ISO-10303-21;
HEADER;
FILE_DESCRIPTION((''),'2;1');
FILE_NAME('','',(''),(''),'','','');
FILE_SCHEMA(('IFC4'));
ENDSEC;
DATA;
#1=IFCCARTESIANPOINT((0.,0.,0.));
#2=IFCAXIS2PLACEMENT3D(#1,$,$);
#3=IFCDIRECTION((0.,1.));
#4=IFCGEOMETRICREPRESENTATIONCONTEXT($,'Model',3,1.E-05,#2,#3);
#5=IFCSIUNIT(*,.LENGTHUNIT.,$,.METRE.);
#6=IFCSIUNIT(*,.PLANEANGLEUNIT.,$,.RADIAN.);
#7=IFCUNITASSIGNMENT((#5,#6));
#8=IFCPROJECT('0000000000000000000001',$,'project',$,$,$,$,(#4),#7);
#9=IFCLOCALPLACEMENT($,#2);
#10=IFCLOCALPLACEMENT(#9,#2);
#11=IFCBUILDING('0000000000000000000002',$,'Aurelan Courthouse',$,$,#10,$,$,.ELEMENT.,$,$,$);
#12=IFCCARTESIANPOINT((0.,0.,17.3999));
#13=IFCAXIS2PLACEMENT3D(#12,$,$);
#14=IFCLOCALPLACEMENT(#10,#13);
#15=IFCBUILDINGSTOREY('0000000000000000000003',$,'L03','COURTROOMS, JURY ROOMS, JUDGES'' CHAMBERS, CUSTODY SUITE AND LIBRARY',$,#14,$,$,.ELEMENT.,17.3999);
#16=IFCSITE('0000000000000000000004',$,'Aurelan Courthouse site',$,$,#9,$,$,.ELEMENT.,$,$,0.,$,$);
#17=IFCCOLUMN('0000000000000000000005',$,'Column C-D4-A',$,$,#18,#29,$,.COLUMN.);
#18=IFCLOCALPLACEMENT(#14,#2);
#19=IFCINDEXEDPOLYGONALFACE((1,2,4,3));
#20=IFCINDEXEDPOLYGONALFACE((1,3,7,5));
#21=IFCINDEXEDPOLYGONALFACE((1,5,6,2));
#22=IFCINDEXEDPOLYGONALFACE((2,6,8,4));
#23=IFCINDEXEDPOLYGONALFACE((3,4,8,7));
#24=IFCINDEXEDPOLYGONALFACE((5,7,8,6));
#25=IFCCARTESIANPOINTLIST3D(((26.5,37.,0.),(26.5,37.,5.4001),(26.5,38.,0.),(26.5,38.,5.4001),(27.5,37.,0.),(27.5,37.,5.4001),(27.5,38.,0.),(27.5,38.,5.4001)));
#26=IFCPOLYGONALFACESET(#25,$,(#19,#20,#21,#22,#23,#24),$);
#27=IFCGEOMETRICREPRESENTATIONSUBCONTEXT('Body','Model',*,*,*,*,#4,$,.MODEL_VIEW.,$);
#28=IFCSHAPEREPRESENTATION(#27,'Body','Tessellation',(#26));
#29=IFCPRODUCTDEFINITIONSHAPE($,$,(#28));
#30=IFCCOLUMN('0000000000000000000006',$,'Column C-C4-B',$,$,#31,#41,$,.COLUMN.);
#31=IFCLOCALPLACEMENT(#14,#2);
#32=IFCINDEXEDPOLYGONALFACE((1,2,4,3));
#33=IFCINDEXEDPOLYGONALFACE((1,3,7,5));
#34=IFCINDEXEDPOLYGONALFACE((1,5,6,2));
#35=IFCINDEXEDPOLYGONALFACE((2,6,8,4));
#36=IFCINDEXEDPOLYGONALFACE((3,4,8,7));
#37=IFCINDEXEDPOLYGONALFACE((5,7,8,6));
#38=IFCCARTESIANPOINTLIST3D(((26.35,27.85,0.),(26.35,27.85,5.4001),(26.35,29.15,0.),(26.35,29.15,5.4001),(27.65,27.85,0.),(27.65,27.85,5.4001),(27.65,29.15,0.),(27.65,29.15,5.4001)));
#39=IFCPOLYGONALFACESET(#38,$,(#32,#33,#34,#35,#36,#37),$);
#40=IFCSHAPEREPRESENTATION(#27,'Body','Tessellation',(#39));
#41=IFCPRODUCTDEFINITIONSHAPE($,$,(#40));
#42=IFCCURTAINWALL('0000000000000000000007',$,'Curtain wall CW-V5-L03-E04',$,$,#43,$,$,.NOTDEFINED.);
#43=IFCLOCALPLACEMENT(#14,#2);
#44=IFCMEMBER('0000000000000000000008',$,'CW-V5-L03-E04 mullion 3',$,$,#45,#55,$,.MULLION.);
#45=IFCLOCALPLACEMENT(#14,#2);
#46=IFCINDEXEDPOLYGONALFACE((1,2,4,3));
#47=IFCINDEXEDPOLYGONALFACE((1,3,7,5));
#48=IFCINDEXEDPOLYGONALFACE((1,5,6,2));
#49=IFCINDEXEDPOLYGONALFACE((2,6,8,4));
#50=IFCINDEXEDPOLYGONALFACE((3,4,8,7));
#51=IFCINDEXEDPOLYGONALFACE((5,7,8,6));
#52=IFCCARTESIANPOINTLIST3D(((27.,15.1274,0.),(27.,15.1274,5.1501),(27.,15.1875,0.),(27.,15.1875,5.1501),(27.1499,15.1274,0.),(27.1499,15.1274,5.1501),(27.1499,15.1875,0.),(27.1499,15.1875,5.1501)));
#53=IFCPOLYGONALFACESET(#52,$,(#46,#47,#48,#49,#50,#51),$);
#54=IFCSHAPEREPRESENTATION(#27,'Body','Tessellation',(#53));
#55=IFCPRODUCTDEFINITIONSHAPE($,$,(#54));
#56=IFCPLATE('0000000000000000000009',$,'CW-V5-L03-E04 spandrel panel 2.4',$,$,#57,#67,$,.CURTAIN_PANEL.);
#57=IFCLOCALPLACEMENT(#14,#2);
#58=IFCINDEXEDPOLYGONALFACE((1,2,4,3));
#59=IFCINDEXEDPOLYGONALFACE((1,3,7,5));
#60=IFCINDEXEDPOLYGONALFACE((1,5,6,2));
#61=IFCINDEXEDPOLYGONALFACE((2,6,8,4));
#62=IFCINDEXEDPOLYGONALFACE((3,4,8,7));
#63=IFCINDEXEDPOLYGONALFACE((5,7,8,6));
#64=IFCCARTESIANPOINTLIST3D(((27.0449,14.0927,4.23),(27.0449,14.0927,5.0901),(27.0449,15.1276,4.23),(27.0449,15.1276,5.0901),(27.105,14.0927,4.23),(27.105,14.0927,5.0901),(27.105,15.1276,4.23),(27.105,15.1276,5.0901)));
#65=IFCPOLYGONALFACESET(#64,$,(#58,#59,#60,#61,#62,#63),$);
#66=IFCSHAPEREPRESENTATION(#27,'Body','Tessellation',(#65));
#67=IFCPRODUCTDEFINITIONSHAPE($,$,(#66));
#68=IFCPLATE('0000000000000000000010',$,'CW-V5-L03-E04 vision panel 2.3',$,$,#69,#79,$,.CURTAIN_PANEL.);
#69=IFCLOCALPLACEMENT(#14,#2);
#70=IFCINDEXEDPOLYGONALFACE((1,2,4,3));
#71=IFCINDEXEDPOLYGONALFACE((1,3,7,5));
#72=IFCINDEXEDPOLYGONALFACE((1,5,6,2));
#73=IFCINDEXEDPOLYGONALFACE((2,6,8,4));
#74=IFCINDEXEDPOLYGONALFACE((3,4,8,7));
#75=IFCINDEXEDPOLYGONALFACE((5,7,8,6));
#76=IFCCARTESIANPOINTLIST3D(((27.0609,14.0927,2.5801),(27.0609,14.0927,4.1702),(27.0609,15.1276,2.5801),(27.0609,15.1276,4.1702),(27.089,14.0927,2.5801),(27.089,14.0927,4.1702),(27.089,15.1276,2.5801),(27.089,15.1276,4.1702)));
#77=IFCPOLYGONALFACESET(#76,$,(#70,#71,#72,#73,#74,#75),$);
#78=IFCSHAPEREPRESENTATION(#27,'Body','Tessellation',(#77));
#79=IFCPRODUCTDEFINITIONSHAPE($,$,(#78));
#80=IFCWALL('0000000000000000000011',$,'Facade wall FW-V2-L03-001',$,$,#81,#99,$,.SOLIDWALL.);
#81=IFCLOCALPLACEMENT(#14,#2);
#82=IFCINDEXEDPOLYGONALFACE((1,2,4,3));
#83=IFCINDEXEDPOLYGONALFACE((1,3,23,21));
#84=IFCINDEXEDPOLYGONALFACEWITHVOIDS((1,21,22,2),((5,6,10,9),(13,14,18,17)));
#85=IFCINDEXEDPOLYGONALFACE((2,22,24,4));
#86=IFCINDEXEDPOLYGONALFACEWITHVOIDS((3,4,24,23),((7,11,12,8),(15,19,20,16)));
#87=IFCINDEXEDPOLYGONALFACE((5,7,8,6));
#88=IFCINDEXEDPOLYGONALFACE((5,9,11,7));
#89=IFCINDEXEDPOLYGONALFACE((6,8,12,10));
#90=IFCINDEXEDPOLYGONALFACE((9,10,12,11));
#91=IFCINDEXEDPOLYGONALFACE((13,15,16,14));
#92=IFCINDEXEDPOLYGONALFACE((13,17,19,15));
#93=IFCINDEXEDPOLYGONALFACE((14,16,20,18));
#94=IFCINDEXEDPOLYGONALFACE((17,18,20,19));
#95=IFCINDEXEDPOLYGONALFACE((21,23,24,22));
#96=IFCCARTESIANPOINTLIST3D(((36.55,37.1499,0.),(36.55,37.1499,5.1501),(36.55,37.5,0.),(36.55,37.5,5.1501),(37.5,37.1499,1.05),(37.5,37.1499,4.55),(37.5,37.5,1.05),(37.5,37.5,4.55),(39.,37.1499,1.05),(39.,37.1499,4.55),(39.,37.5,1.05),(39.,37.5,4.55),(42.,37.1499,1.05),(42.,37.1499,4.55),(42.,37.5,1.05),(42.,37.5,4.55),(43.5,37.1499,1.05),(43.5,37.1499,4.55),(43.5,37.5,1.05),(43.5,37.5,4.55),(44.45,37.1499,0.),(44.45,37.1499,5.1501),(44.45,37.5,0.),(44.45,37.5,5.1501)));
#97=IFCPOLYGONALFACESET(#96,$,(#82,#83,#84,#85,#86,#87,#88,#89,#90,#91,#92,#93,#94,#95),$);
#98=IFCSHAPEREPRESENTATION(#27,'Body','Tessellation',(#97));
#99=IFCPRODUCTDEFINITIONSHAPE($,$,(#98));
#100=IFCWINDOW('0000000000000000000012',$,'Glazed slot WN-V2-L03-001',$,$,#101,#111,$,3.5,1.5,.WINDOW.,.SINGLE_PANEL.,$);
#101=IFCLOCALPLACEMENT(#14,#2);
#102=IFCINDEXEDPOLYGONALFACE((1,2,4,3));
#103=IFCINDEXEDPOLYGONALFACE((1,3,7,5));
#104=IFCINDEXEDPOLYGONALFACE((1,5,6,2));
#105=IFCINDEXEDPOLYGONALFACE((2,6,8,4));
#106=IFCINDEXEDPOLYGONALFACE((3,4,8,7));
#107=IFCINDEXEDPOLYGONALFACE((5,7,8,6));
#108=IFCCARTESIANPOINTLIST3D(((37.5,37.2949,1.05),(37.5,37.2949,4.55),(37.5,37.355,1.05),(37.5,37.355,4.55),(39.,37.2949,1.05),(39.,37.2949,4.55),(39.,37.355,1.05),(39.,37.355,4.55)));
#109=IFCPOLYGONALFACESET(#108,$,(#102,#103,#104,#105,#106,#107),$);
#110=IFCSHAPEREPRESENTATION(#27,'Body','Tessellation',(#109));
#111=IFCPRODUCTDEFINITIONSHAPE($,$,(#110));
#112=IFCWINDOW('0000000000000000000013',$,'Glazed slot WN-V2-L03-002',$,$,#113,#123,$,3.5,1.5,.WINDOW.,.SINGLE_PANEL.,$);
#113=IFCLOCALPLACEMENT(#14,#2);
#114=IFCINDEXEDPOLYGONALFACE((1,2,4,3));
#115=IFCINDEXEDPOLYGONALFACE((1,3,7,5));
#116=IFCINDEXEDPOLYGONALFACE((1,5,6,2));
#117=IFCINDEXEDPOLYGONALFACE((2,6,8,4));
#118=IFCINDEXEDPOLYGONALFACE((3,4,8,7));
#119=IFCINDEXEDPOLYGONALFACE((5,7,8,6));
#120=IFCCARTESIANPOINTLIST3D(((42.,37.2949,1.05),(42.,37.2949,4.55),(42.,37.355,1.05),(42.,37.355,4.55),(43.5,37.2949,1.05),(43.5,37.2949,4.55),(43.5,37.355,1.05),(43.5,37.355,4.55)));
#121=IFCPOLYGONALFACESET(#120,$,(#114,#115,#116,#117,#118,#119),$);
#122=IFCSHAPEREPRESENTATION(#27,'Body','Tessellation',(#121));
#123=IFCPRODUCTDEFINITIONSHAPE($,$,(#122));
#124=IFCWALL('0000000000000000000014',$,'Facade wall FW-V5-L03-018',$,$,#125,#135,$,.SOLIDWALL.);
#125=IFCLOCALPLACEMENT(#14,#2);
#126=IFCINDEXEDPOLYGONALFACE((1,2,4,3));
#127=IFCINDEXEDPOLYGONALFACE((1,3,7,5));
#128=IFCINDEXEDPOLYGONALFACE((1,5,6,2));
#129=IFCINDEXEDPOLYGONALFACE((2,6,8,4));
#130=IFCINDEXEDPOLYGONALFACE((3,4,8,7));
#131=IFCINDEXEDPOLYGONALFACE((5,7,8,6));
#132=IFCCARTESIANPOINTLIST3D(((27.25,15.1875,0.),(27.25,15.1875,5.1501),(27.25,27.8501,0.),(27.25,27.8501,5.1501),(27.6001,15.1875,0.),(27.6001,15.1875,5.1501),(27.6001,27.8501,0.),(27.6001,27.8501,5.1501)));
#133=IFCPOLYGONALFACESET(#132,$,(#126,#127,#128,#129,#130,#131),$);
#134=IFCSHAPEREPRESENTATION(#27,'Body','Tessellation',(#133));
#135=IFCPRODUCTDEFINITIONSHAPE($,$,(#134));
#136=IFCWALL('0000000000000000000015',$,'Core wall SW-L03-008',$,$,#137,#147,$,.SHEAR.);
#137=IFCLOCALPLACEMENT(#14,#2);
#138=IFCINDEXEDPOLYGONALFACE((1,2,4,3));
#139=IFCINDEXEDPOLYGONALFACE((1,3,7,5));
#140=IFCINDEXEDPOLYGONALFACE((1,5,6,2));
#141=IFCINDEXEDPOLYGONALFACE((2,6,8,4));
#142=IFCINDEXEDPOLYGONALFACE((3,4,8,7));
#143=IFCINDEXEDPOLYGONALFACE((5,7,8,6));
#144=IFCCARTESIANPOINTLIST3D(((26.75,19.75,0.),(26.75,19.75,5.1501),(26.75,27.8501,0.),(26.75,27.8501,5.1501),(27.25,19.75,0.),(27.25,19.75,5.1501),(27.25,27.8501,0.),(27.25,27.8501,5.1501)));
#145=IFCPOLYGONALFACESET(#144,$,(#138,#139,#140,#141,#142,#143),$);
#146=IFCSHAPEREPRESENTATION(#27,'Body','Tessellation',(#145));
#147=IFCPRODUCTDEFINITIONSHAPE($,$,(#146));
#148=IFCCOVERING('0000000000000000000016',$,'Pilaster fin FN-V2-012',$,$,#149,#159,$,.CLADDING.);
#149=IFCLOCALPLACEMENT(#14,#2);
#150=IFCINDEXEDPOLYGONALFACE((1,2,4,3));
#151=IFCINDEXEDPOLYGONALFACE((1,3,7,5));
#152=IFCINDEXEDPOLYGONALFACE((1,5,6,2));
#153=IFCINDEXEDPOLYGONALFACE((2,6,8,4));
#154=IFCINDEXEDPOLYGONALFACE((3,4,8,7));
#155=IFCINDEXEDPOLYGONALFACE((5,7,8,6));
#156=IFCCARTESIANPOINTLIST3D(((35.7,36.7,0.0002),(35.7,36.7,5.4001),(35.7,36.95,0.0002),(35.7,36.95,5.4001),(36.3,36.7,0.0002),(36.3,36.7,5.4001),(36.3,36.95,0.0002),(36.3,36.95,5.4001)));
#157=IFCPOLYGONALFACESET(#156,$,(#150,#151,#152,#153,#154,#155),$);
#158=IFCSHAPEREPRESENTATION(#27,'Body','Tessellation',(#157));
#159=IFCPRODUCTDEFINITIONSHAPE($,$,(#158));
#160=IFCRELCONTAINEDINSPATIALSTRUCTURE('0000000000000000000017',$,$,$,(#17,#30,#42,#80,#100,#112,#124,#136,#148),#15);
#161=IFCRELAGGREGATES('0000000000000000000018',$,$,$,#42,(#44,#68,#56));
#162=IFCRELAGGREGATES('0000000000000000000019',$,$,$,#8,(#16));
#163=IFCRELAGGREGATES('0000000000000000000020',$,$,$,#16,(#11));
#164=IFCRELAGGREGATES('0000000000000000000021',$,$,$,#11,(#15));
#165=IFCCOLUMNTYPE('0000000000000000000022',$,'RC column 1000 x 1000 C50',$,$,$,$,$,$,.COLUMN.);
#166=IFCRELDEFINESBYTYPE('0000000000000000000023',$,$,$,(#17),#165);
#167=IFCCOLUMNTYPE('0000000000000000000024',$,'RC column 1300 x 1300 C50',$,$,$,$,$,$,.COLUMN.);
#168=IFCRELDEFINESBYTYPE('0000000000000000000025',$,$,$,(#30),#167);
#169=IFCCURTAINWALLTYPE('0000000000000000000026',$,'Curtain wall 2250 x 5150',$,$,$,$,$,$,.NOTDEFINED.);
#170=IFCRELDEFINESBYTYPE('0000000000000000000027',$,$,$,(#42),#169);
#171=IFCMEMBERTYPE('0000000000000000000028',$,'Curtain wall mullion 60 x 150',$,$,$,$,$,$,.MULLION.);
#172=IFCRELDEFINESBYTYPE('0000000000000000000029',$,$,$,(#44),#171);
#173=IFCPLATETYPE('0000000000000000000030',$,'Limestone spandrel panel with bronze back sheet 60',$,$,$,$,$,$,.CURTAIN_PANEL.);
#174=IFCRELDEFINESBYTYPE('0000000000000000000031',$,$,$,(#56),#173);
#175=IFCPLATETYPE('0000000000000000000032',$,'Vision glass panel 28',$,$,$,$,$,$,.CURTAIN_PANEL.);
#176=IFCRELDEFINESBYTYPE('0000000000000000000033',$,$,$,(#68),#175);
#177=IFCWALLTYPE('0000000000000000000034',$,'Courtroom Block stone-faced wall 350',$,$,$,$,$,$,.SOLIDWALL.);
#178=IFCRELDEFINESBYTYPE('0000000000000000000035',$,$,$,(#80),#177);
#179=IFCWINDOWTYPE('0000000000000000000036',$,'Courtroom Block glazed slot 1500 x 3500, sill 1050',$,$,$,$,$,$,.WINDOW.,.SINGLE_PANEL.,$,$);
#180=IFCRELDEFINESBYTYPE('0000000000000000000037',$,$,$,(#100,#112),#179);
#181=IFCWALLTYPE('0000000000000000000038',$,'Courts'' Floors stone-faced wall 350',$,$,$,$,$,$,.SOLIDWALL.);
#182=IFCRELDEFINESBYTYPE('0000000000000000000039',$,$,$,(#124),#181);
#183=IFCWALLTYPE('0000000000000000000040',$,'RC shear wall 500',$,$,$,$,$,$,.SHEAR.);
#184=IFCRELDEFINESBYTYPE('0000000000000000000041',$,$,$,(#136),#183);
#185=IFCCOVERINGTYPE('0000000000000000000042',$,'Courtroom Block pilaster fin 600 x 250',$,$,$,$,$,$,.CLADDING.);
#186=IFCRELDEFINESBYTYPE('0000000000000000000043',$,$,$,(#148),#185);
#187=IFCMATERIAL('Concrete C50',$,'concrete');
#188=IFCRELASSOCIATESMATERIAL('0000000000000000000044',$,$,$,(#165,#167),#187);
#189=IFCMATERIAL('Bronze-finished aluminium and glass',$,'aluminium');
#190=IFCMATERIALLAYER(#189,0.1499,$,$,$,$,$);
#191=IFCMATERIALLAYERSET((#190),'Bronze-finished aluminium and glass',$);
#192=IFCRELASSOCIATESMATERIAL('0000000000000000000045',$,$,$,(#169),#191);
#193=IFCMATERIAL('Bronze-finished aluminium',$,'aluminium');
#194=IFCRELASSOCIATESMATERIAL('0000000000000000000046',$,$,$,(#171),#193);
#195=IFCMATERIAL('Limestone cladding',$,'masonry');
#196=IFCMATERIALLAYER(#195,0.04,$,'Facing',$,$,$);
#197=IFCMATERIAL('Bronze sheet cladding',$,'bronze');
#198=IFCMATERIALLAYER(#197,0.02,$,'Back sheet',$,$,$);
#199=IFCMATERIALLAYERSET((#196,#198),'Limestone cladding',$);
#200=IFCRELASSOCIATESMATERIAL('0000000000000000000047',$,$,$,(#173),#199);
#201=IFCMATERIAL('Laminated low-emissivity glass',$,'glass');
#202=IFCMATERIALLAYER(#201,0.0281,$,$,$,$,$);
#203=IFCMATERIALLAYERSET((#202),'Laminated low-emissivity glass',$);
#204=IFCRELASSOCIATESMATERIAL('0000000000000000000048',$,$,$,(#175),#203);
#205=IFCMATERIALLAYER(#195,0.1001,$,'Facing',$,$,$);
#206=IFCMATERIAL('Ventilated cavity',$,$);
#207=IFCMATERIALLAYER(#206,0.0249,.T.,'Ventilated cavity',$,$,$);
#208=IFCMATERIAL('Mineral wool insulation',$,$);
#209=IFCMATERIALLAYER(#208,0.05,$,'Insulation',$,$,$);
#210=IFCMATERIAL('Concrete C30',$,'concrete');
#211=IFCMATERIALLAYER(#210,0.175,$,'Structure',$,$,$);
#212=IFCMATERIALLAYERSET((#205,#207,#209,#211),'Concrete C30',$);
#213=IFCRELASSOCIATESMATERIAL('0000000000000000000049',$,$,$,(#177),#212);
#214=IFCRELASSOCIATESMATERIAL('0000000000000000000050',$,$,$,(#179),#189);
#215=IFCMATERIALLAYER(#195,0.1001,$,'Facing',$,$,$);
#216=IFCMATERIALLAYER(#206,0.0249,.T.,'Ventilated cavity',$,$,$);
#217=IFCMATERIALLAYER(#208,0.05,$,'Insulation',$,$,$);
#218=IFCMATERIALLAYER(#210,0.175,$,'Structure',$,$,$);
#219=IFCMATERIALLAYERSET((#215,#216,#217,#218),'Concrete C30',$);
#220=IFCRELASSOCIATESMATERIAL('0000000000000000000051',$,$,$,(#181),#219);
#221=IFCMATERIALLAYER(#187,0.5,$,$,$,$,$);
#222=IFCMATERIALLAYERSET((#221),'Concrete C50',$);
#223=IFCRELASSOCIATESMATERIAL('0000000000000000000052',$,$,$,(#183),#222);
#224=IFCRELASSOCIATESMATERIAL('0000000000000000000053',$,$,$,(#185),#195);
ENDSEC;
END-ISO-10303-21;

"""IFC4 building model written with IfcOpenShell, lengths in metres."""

from ifc_helpers import new_model, si_unit, direction, frame, frame_2d, origin, origin_2d, place, context, subcontext, project, spatial, rectangle, extrude, material, layer, layer_set, material_profile, profile_set, type_object, element, fill, aggregate, save


model = new_model("IFC4")

# Units and contexts
model_context = context("Model", 3, precision=1e-05, world=origin(), true_north=direction((0.0, 1.0)))
body_context = subcontext(model_context, "Body", "Model", "MODEL_VIEW")
ifc_project = project(units=[si_unit("LENGTHUNIT", "METRE"), si_unit("PLANEANGLEUNIT", "RADIAN")], contexts=[model_context])

# Site, building, storey
site_placement = place(None, origin())
site = spatial("IfcSite", under=ifc_project, at=site_placement, Name="Aurelan Courthouse site", CompositionType="ELEMENT", RefElevation=0.0)
building_placement = place(site_placement, origin())
building = spatial("IfcBuilding", under=site, at=building_placement, Name="Aurelan Courthouse", CompositionType="ELEMENT")
storey_placement = place(building_placement, frame((0.0, 0.0, 17.3999)))
storey = spatial("IfcBuildingStorey", under=building, at=storey_placement, Name="L03", Description="COURTROOMS, JURY ROOMS, JUDGES' CHAMBERS, CUSTODY SUITE AND LIBRARY", CompositionType="ELEMENT", Elevation=17.3999)

# Columns
ifc_material_1 = material(Name="Concrete C50", Category="concrete")
ifc_material_profile_1 = material_profile(ifc_material_1, rectangle(XDim=1.0, YDim=1.0, at=origin_2d()), Name="RC 1000 x 1000")
ifc_profile_set_1 = profile_set([ifc_material_profile_1], Name="Concrete C50")
column_type_1 = type_object("IfcColumnType", Name="RC column 1000 x 1000 C50", PredefinedType="COLUMN", material=ifc_profile_set_1)
column_1_placement = place(storey_placement, frame((27.0, 37.5, 0.0), z_axis=(0.0, 0.0, 1.0), x_axis=(1.0, 0.0, 0.0)))
element("IfcColumn", 1, at=column_1_placement, inside=storey, type_object=column_type_1, Name="Column C-D4-A", PredefinedType="COLUMN", context=body_context, shape_type="SweptSolid", body=[
    extrude(rectangle(XDim=1.0, YDim=1.0, at=origin_2d()), origin(), (0.0, 0.0, 1.0), 5.4001),
])
ifc_material_profile_2 = material_profile(ifc_material_1, rectangle(XDim=1.3, YDim=1.3, at=origin_2d()), Name="RC 1300 x 1300")
ifc_profile_set_2 = profile_set([ifc_material_profile_2], Name="Concrete C50")
column_type_2 = type_object("IfcColumnType", Name="RC column 1300 x 1300 C50", PredefinedType="COLUMN", material=ifc_profile_set_2)
column_2_placement = place(storey_placement, frame((27.0, 28.5, 0.0), z_axis=(0.0, 0.0, 1.0), x_axis=(1.0, 0.0, 0.0)))
element("IfcColumn", 2, at=column_2_placement, inside=storey, type_object=column_type_2, Name="Column C-C4-B", PredefinedType="COLUMN", context=body_context, shape_type="SweptSolid", body=[
    extrude(rectangle(XDim=1.3, YDim=1.3, at=origin_2d()), origin(), (0.0, 0.0, 1.0), 5.4001),
])

# Curtain wall, member, plates
ifc_material_2 = material(Name="Bronze-finished aluminium and glass", Category="aluminium")
ifc_layer_1 = layer(ifc_material_2, 0.1499)
ifc_layer_set_1 = layer_set([ifc_layer_1], Name="Bronze-finished aluminium and glass")
curtain_wall_type = type_object("IfcCurtainWallType", Name="Curtain wall 2250 x 5150", PredefinedType="NOTDEFINED", material=ifc_layer_set_1)
curtain_wall_placement = place(storey_placement, origin())
curtain_wall = element("IfcCurtainWall", 3, at=curtain_wall_placement, inside=storey, type_object=curtain_wall_type, Name="Curtain wall CW-V5-L03-E04", PredefinedType="NOTDEFINED")
ifc_material_3 = material(Name="Bronze-finished aluminium", Category="aluminium")
ifc_material_profile_3 = material_profile(ifc_material_3, rectangle(XDim=0.1499, YDim=0.0601, at=origin_2d()), Name="Bronze mullion 60 x 150")
ifc_profile_set_3 = profile_set([ifc_material_profile_3], Name="Bronze-finished aluminium")
member_type = type_object("IfcMemberType", Name="Curtain wall mullion 60 x 150", PredefinedType="MULLION", material=ifc_profile_set_3)
member_placement = place(storey_placement, frame((27.075, 15.1575, 0.0), z_axis=(0.0, 0.0, 1.0), x_axis=(-1.0, 0.0, 0.0)))
member = element("IfcMember", 4, at=member_placement, type_object=member_type, Name="CW-V5-L03-E04 mullion 3", PredefinedType="MULLION", context=body_context, shape_type="SweptSolid", body=[
    extrude(rectangle(XDim=0.1499, YDim=0.0601, at=origin_2d()), origin(), (0.0, 0.0, 1.0), 5.1501),
])
ifc_material_4 = material(Name="Limestone cladding", Category="masonry")
ifc_layer_2 = layer(ifc_material_4, 0.04, Name="Facing")
ifc_material_5 = material(Name="Bronze sheet cladding", Category="bronze")
ifc_layer_3 = layer(ifc_material_5, 0.02, Name="Back sheet")
ifc_layer_set_2 = layer_set([ifc_layer_2, ifc_layer_3], Name="Limestone cladding")
plate_type_1 = type_object("IfcPlateType", Name="Limestone spandrel panel with bronze back sheet 60", PredefinedType="CURTAIN_PANEL", material=ifc_layer_set_2)
plate_1_placement = place(storey_placement, frame((27.075, 14.6101, 4.23), z_axis=(0.0, 0.0, 1.0), x_axis=(0.0, 1.0, 0.0)))
plate_1 = element("IfcPlate", 5, at=plate_1_placement, type_object=plate_type_1, Name="CW-V5-L03-E04 spandrel panel 2.4", PredefinedType="CURTAIN_PANEL", context=body_context, shape_type="SweptSolid", body=[
    extrude(rectangle(XDim=1.0349, YDim=0.0601, at=origin_2d()), origin(), (0.0, 0.0, 1.0), 0.8601),
])
ifc_material_6 = material(Name="Laminated low-emissivity glass", Category="glass")
ifc_layer_4 = layer(ifc_material_6, 0.0281)
ifc_layer_set_3 = layer_set([ifc_layer_4], Name="Laminated low-emissivity glass")
plate_type_2 = type_object("IfcPlateType", Name="Vision glass panel 28", PredefinedType="CURTAIN_PANEL", material=ifc_layer_set_3)
plate_2_placement = place(storey_placement, frame((27.075, 14.6101, 2.5801), z_axis=(0.0, 0.0, 1.0), x_axis=(0.0, 1.0, 0.0)))
plate_2 = element("IfcPlate", 6, at=plate_2_placement, type_object=plate_type_2, Name="CW-V5-L03-E04 vision panel 2.3", PredefinedType="CURTAIN_PANEL", context=body_context, shape_type="SweptSolid", body=[
    extrude(rectangle(XDim=1.0349, YDim=0.0281, at=origin_2d()), origin(), (0.0, 0.0, 1.0), 1.5901),
])
aggregate(curtain_wall, [member, plate_2, plate_1])

# Wall, openings, windows
ifc_layer_5 = layer(ifc_material_4, 0.1001, Name="Facing")
ifc_material_7 = material(Name="Ventilated cavity")
ifc_layer_6 = layer(ifc_material_7, 0.0249, ventilated=True, Name="Ventilated cavity")
ifc_material_8 = material(Name="Mineral wool insulation")
ifc_layer_7 = layer(ifc_material_8, 0.05, Name="Insulation")
ifc_material_9 = material(Name="Concrete C30", Category="concrete")
ifc_layer_8 = layer(ifc_material_9, 0.175, Name="Structure")
ifc_layer_set_4 = layer_set([ifc_layer_5, ifc_layer_6, ifc_layer_7, ifc_layer_8], Name="Concrete C30")
wall_type_1 = type_object("IfcWallType", Name="Courtroom Block stone-faced wall 350", PredefinedType="SOLIDWALL", material=ifc_layer_set_4)
wall_1_placement = place(storey_placement, frame((36.55, 37.325, 0.0), z_axis=(0.0, 0.0, 1.0), x_axis=(1.0, 0.0, 0.0)))
wall_1 = element("IfcWall", 7, at=wall_1_placement, inside=storey, type_object=wall_type_1, Name="Facade wall FW-V2-L03-001", PredefinedType="SOLIDWALL", context=body_context, shape_type="SweptSolid", body=[
    extrude(rectangle(XDim=7.8999, YDim=0.3501, at=frame_2d((3.95, 0.0))), origin(), (0.0, 0.0, 1.0), 5.1501),
])
opening_1_placement = place(wall_1_placement, frame((0.95, 0.0, 1.05)))
opening_1 = element("IfcOpeningElement", 8, at=opening_1_placement, cuts=wall_1, PredefinedType="OPENING", context=body_context, shape_type="SweptSolid", body=[
    extrude(rectangle(XDim=1.5, YDim=3.5, at=frame_2d((0.75, 1.75))), frame((0.0, 0.1851, 0.0), z_axis=(0.0, -1.0, 0.0), x_axis=(1.0, 0.0, 0.0)), (0.0, 0.0, 1.0), 0.3701),
])
opening_2_placement = place(wall_1_placement, frame((5.45, 0.0, 1.05)))
opening_2 = element("IfcOpeningElement", 9, at=opening_2_placement, cuts=wall_1, PredefinedType="OPENING", context=body_context, shape_type="SweptSolid", body=[
    extrude(rectangle(XDim=1.5, YDim=3.5, at=frame_2d((0.75, 1.75))), frame((0.0, 0.1851, 0.0), z_axis=(0.0, -1.0, 0.0), x_axis=(1.0, 0.0, 0.0)), (0.0, 0.0, 1.0), 0.3701),
])
window_type = type_object("IfcWindowType", Name="Courtroom Block glazed slot 1500 x 3500, sill 1050", PartitioningType="SINGLE_PANEL", PredefinedType="WINDOW", material=ifc_material_2)
window_1_placement = place(opening_1_placement, origin())
window_1 = element("IfcWindow", 10, at=window_1_placement, inside=storey, type_object=window_type, Name="Glazed slot WN-V2-L03-001", OverallHeight=3.5, OverallWidth=1.5, PartitioningType="SINGLE_PANEL", PredefinedType="WINDOW", context=body_context, shape_type="SweptSolid", body=[
    extrude(rectangle(XDim=1.5, YDim=3.5, at=frame_2d((0.75, 1.75))), frame((0.0, 0.03, 0.0), z_axis=(0.0, -1.0, 0.0), x_axis=(1.0, 0.0, 0.0)), (0.0, 0.0, 1.0), 0.0601),
])
fill(opening_1, window_1)
window_2_placement = place(opening_2_placement, origin())
window_2 = element("IfcWindow", 11, at=window_2_placement, inside=storey, type_object=window_type, Name="Glazed slot WN-V2-L03-002", OverallHeight=3.5, OverallWidth=1.5, PartitioningType="SINGLE_PANEL", PredefinedType="WINDOW", context=body_context, shape_type="SweptSolid", body=[
    extrude(rectangle(XDim=1.5, YDim=3.5, at=frame_2d((0.75, 1.75))), frame((0.0, 0.03, 0.0), z_axis=(0.0, -1.0, 0.0), x_axis=(1.0, 0.0, 0.0)), (0.0, 0.0, 1.0), 0.0601),
])
fill(opening_2, window_2)

# Walls
ifc_layer_9 = layer(ifc_material_4, 0.1001, Name="Facing")
ifc_layer_10 = layer(ifc_material_7, 0.0249, ventilated=True, Name="Ventilated cavity")
ifc_layer_11 = layer(ifc_material_8, 0.05, Name="Insulation")
ifc_layer_12 = layer(ifc_material_9, 0.175, Name="Structure")
ifc_layer_set_5 = layer_set([ifc_layer_9, ifc_layer_10, ifc_layer_11, ifc_layer_12], Name="Concrete C30")
wall_type_2 = type_object("IfcWallType", Name="Courts' Floors stone-faced wall 350", PredefinedType="SOLIDWALL", material=ifc_layer_set_5)
wall_2_placement = place(storey_placement, frame((27.425, 15.1875, 0.0), z_axis=(0.0, 0.0, 1.0), x_axis=(0.0, 1.0, 0.0)))
element("IfcWall", 12, at=wall_2_placement, inside=storey, type_object=wall_type_2, Name="Facade wall FW-V5-L03-018", PredefinedType="SOLIDWALL", context=body_context, shape_type="SweptSolid", body=[
    extrude(rectangle(XDim=12.6626, YDim=0.3501, at=frame_2d((6.3313, 0.0))), origin(), (0.0, 0.0, 1.0), 5.1501),
])
ifc_layer_13 = layer(ifc_material_1, 0.5)
ifc_layer_set_6 = layer_set([ifc_layer_13], Name="Concrete C50")
wall_type_3 = type_object("IfcWallType", Name="RC shear wall 500", PredefinedType="SHEAR", material=ifc_layer_set_6)
wall_3_placement = place(storey_placement, frame((27.0, 19.75, 0.0), z_axis=(0.0, 0.0, 1.0), x_axis=(0.0, 1.0, 0.0)))
element("IfcWall", 13, at=wall_3_placement, inside=storey, type_object=wall_type_3, Name="Core wall SW-L03-008", PredefinedType="SHEAR", context=body_context, shape_type="SweptSolid", body=[
    extrude(rectangle(XDim=8.1001, YDim=0.5, at=frame_2d((4.05, 0.0))), origin(), (0.0, 0.0, 1.0), 5.1501),
])

# Covering
covering_type_1 = type_object("IfcCoveringType", Name="Courtroom Block pilaster fin 600 x 250", PredefinedType="CLADDING", material=ifc_material_4)
covering_1_placement = place(storey_placement, frame((36.0, 36.825, 0.0002), z_axis=(0.0, 0.0, 1.0), x_axis=(1.0, 0.0, 0.0)))
element("IfcCovering", 14, at=covering_1_placement, inside=storey, type_object=covering_type_1, Name="Pilaster fin FN-V2-012", PredefinedType="CLADDING", context=body_context, shape_type="SweptSolid", body=[
    extrude(rectangle(XDim=0.6001, YDim=0.25, at=origin_2d()), origin(), (0.0, 0.0, 1.0), 5.3999),
])

save(model, "model.ifc")
